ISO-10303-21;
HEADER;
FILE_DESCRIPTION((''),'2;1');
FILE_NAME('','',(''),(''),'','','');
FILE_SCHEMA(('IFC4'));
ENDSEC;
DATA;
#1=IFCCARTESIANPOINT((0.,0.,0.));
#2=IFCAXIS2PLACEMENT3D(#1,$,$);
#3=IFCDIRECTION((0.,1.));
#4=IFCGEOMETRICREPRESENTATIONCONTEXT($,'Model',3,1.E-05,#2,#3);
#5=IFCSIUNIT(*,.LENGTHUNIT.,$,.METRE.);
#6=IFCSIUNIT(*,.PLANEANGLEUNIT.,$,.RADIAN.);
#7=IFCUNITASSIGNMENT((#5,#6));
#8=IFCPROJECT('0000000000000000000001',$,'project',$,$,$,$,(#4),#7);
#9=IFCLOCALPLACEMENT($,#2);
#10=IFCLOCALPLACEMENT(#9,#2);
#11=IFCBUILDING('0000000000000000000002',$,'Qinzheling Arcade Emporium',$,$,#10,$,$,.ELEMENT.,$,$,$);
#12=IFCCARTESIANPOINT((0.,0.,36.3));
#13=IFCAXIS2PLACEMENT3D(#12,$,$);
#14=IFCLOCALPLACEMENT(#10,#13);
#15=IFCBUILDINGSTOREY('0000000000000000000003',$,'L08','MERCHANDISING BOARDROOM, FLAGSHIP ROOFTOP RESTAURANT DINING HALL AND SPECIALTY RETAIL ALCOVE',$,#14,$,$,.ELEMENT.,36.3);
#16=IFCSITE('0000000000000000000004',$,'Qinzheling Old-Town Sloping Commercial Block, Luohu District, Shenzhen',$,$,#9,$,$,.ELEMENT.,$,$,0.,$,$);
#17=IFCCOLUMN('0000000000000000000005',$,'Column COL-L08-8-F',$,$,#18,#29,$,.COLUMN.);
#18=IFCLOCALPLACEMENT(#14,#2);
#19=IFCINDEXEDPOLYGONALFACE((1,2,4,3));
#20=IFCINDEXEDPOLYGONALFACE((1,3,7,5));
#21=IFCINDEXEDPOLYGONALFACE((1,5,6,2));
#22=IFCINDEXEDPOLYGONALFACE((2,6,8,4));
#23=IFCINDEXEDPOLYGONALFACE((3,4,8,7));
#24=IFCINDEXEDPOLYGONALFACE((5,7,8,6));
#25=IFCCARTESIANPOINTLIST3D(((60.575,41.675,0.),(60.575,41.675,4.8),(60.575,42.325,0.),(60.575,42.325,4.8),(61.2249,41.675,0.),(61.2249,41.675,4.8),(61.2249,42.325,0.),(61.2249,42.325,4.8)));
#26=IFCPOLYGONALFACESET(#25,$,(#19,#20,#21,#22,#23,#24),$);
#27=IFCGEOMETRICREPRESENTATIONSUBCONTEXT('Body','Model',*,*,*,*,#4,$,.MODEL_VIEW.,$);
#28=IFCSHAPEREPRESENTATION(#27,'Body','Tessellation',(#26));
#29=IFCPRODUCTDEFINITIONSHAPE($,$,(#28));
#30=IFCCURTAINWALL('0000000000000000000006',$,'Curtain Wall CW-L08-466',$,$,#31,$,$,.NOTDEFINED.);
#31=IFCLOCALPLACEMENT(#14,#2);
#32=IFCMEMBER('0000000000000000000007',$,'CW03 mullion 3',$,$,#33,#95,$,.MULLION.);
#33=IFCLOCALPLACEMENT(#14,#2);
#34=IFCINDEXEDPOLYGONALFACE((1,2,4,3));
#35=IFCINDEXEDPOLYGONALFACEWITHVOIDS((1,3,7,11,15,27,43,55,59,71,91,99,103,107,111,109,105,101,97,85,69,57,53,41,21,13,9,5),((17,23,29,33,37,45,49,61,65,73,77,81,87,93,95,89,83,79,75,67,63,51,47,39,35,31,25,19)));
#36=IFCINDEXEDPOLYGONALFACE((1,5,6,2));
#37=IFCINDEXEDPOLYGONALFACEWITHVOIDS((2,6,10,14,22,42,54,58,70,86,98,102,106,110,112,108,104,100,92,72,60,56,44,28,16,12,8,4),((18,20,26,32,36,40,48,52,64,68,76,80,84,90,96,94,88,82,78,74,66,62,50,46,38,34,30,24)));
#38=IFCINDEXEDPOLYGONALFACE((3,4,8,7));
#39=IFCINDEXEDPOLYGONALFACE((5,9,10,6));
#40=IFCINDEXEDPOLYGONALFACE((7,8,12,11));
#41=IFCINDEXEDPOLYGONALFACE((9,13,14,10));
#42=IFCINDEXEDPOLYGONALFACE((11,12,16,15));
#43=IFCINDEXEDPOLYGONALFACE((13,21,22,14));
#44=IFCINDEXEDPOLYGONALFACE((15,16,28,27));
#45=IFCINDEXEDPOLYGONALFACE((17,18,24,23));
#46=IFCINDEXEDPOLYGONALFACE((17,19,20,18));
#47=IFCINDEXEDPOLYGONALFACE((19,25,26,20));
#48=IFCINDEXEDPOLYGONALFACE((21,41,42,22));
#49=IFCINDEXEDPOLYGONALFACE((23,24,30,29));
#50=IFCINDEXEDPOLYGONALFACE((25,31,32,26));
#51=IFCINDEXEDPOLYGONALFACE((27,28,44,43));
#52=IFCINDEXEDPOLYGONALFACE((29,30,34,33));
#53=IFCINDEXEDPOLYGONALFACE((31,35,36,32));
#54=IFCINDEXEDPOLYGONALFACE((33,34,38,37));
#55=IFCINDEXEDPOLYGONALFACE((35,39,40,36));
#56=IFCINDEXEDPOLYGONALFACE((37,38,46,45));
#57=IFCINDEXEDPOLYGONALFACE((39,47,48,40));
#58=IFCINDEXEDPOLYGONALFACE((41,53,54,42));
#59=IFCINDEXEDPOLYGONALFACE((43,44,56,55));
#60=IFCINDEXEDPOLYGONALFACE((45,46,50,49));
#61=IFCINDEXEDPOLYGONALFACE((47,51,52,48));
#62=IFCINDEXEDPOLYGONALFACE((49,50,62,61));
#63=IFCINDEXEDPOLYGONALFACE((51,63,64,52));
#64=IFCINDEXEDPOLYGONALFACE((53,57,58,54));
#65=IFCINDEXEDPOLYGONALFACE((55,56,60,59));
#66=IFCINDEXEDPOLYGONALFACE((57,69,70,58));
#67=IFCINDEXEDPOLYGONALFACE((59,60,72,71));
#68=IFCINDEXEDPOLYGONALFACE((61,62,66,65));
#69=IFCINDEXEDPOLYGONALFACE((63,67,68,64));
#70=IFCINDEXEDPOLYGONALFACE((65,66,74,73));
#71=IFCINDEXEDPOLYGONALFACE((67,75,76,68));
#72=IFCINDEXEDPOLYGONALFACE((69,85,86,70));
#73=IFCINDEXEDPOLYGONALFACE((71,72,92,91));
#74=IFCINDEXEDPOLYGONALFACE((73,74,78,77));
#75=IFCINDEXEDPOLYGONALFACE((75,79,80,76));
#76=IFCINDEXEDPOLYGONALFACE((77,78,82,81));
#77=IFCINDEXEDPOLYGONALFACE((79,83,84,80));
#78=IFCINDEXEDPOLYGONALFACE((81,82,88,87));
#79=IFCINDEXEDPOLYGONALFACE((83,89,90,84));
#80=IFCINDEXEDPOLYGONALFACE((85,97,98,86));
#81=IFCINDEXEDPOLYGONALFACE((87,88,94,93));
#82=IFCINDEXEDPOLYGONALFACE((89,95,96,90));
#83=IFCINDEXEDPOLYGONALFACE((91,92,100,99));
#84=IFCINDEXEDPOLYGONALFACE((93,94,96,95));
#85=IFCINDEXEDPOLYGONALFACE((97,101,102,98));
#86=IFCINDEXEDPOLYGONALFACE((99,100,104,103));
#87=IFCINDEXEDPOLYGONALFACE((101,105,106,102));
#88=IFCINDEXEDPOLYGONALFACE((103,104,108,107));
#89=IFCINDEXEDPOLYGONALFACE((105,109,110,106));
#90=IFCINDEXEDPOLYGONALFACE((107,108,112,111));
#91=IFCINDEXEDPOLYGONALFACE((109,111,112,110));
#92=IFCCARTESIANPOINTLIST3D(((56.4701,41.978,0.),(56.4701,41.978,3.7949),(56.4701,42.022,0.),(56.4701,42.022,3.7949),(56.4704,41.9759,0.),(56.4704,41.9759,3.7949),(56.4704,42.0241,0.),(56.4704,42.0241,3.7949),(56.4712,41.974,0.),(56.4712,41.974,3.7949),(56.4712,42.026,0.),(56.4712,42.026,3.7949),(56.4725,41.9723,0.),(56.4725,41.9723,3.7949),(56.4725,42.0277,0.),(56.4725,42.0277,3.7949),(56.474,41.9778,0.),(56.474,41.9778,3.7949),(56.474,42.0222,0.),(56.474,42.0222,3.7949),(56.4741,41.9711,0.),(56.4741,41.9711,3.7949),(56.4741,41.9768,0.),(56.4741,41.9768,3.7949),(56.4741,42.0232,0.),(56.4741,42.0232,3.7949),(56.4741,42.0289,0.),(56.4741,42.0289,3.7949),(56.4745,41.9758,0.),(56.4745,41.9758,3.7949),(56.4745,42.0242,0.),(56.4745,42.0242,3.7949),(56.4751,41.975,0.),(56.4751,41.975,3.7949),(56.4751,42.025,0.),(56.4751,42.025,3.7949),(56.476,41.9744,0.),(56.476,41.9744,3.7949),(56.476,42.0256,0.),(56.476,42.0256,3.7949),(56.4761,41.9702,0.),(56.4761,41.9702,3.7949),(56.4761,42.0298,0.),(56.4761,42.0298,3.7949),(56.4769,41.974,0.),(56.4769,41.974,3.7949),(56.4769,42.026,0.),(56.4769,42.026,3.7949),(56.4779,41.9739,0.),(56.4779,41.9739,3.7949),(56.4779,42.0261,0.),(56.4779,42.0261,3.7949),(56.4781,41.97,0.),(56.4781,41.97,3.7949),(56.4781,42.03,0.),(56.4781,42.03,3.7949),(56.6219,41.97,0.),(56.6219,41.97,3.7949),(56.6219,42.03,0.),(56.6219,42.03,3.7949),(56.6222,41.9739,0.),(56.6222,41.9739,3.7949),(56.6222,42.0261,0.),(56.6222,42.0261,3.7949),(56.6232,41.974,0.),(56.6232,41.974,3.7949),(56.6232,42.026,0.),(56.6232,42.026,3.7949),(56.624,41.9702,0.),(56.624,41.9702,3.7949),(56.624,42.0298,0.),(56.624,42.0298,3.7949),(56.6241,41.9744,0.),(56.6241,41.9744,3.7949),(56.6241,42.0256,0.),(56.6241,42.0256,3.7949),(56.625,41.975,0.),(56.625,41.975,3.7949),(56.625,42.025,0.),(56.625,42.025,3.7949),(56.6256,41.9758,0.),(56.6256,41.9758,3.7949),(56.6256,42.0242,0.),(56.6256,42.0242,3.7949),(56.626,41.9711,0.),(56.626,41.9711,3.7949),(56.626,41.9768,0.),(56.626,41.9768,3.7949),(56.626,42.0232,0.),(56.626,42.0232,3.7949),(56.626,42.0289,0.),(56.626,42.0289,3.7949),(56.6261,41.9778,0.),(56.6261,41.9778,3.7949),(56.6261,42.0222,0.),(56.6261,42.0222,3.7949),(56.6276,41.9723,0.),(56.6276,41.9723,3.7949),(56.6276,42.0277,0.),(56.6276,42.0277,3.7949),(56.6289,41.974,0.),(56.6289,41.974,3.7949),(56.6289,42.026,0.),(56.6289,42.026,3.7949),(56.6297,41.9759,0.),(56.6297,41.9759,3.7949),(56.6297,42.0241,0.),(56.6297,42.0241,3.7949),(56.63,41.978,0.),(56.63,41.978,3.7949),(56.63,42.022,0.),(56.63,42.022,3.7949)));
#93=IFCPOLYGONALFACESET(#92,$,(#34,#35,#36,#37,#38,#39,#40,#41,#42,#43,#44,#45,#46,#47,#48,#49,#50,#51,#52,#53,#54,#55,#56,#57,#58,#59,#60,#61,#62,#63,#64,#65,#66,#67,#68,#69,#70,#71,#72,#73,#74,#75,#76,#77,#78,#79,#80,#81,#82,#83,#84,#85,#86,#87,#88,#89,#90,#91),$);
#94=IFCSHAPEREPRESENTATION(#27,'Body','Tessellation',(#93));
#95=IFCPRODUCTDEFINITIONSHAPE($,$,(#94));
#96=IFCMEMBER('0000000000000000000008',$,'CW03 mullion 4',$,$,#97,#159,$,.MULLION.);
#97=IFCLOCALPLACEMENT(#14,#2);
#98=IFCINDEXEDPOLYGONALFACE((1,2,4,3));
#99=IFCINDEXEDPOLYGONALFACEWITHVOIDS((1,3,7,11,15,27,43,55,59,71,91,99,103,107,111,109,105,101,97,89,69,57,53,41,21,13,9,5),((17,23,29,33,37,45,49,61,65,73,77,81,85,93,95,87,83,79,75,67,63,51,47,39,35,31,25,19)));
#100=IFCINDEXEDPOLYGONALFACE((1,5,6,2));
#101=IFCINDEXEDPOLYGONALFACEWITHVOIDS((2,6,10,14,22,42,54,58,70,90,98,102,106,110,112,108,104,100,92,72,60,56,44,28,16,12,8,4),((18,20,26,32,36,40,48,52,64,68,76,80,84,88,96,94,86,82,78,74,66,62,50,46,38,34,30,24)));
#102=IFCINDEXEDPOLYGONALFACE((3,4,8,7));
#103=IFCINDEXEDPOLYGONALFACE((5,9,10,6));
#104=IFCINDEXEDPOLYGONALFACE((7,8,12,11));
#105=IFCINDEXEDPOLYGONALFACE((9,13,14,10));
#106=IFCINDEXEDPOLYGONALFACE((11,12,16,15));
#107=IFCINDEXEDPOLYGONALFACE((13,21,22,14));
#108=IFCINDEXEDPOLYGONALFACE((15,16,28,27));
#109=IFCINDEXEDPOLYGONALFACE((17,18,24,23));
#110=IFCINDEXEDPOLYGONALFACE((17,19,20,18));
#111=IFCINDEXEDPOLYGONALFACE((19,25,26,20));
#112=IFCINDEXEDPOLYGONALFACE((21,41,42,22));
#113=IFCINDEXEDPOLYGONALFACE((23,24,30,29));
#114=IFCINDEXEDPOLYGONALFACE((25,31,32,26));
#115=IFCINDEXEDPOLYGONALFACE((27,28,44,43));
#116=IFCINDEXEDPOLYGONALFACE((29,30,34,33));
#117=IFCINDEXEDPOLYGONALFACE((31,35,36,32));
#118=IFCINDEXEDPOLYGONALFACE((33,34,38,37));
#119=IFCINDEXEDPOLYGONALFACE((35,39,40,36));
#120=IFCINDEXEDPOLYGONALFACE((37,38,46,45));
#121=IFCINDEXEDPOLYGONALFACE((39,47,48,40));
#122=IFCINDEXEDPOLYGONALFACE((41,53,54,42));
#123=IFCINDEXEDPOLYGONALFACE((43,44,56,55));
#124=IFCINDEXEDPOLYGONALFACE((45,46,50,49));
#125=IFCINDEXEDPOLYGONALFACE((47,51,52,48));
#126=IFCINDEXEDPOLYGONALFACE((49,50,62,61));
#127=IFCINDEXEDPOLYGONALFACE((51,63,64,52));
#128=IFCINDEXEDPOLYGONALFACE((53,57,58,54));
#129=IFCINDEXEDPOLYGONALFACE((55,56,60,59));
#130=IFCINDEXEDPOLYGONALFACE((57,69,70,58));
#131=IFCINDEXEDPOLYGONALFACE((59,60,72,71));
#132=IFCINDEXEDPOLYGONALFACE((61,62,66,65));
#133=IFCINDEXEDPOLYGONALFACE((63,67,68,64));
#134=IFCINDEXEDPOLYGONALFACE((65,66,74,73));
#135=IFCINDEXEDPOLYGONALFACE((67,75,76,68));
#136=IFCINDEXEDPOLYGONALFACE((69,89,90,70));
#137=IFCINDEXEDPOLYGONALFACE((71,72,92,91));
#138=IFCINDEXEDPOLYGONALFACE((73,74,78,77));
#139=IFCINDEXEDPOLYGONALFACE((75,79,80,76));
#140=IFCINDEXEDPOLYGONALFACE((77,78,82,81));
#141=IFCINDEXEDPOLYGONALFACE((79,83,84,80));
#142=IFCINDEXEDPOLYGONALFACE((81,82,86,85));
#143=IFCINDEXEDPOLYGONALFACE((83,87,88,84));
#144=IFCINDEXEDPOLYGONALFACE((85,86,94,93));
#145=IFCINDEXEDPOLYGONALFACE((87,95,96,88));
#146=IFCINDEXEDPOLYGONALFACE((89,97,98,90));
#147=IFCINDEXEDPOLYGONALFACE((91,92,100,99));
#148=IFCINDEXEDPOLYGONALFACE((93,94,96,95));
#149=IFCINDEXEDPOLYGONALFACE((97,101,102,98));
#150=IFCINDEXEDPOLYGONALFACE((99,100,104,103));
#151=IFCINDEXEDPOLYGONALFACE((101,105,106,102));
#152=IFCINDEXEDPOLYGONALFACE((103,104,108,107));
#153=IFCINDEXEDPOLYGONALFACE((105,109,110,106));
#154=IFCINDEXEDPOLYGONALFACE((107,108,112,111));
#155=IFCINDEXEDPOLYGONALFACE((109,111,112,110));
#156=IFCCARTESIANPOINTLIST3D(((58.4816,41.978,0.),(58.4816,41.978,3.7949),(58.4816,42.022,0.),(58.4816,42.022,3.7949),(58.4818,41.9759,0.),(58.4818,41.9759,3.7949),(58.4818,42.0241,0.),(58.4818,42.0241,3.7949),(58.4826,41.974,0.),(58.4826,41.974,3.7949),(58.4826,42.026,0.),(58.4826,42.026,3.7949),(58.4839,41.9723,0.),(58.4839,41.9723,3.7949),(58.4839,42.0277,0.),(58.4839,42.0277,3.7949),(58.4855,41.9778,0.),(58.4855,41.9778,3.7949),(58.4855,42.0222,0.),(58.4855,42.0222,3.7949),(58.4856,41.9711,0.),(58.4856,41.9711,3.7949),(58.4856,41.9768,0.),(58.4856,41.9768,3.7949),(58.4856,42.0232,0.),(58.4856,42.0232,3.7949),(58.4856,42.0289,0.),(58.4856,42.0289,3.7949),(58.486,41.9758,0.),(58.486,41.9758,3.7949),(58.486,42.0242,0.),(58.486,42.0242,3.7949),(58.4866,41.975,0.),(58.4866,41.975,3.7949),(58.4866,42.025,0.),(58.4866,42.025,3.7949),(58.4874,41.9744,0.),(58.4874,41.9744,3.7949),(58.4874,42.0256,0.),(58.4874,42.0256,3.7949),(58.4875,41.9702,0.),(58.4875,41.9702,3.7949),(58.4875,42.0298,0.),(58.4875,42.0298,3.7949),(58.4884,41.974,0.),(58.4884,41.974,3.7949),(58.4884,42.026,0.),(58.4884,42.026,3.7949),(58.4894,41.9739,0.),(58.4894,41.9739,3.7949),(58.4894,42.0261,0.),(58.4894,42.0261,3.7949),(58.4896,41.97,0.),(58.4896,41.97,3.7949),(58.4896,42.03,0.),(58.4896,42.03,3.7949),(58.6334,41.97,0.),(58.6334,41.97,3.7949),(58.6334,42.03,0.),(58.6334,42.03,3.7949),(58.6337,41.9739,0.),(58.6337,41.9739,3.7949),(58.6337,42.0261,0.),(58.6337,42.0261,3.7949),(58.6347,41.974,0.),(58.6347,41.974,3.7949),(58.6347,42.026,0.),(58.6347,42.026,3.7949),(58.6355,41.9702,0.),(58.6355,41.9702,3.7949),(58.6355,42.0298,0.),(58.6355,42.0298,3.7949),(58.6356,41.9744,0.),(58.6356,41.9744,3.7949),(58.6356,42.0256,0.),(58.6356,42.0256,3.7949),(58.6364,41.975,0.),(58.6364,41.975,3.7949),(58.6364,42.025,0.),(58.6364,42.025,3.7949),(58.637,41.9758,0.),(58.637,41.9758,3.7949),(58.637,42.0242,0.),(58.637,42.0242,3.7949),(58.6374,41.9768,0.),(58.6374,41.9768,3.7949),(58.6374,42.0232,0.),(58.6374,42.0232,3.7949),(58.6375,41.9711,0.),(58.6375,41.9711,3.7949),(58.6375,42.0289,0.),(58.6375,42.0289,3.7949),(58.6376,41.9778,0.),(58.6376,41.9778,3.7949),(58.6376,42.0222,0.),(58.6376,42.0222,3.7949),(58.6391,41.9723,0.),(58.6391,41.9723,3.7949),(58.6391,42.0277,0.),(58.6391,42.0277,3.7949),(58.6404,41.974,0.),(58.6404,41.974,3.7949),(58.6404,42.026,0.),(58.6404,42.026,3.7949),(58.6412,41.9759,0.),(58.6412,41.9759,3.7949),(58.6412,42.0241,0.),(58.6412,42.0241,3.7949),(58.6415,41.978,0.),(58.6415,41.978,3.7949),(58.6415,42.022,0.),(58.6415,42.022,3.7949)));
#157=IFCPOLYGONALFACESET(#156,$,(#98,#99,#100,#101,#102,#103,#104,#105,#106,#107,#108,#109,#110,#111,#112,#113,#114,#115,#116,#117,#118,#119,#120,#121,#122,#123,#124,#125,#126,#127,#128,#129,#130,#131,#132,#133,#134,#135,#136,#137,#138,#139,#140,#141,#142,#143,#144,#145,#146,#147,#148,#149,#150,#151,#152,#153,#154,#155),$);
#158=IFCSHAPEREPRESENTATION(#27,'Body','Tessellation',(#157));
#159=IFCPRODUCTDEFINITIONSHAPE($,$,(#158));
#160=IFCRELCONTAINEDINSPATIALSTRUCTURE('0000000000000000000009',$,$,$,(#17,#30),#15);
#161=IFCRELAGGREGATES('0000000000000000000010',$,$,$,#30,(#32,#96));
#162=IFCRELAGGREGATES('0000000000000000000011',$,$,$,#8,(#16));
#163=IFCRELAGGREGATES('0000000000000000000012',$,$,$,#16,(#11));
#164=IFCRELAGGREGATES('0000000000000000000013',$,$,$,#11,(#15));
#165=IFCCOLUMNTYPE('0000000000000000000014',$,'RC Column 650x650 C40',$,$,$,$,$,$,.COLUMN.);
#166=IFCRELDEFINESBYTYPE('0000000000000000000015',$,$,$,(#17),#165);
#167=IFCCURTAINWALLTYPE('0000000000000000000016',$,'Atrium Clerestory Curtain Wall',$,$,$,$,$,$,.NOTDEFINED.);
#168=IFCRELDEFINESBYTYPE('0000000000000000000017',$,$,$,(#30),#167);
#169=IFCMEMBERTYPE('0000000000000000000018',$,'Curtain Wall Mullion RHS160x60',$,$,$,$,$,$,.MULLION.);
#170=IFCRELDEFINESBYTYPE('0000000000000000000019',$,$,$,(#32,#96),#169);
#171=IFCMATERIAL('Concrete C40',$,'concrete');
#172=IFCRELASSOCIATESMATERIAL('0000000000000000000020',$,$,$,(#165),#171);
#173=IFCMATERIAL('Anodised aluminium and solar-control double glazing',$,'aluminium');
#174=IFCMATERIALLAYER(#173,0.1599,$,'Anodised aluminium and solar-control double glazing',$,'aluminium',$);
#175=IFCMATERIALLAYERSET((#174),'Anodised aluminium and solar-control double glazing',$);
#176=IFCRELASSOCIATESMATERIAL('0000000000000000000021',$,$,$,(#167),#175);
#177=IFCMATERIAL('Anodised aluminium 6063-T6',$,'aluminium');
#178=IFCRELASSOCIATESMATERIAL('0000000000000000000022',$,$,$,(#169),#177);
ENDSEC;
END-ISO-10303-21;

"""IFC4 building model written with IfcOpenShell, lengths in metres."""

from ifc_helpers import new_model, si_unit, direction, frame, origin, origin_2d, place, context, subcontext, project, spatial, rectangle, hollow_rectangle, extrude, material, layer, layer_set, material_profile, profile_set, type_object, element, aggregate, save


model = new_model("IFC4")

# Units and contexts
model_context = context("Model", 3, precision=1e-05, world=origin(), true_north=direction((0.0, 1.0)))
body_context = subcontext(model_context, "Body", "Model", "MODEL_VIEW")
ifc_project = project(units=[si_unit("LENGTHUNIT", "METRE"), si_unit("PLANEANGLEUNIT", "RADIAN")], contexts=[model_context])

# Site, building, storey
site_placement = place(None, origin())
site = spatial("IfcSite", under=ifc_project, at=site_placement, Name="Qinzheling Old-Town Sloping Commercial Block, Luohu District, Shenzhen", CompositionType="ELEMENT", RefElevation=0.0)
building_placement = place(site_placement, origin())
building = spatial("IfcBuilding", under=site, at=building_placement, Name="Qinzheling Arcade Emporium", CompositionType="ELEMENT")
storey_placement = place(building_placement, frame((0.0, 0.0, 36.3)))
storey = spatial("IfcBuildingStorey", under=building, at=storey_placement, Name="L08", Description="MERCHANDISING BOARDROOM, FLAGSHIP ROOFTOP RESTAURANT DINING HALL AND SPECIALTY RETAIL ALCOVE", CompositionType="ELEMENT", Elevation=36.3)

# Column
ifc_material_1 = material(Name="Concrete C40", Category="concrete")
ifc_material_profile_1 = material_profile(ifc_material_1, rectangle(XDim=0.6499, YDim=0.6499, at=origin_2d()), Name="RC 650x650", Category="concrete")
ifc_profile_set_1 = profile_set([ifc_material_profile_1], Name="Concrete C40")
column_type = type_object("IfcColumnType", Name="RC Column 650x650 C40", PredefinedType="COLUMN", material=ifc_profile_set_1)
column_placement = place(storey_placement, frame((60.8999, 42.0, 0.0), z_axis=(0.0, 0.0, 1.0), x_axis=(1.0, 0.0, 0.0)))
element("IfcColumn", 1, at=column_placement, inside=storey, type_object=column_type, Name="Column COL-L08-8-F", PredefinedType="COLUMN", context=body_context, shape_type="SweptSolid", body=[
    extrude(rectangle(XDim=0.6499, YDim=0.6499, at=origin_2d()), origin(), (0.0, 0.0, 1.0), 4.8),
])

# Curtain wall, members
ifc_material_2 = material(Name="Anodised aluminium and solar-control double glazing", Category="aluminium")
ifc_layer_1 = layer(ifc_material_2, 0.1599, Name="Anodised aluminium and solar-control double glazing", Category="aluminium")
ifc_layer_set_1 = layer_set([ifc_layer_1], Name="Anodised aluminium and solar-control double glazing")
curtain_wall_type = type_object("IfcCurtainWallType", Name="Atrium Clerestory Curtain Wall", PredefinedType="NOTDEFINED", material=ifc_layer_set_1)
curtain_wall_1_placement = place(storey_placement, origin())
curtain_wall_1 = element("IfcCurtainWall", 2, at=curtain_wall_1_placement, inside=storey, type_object=curtain_wall_type, Name="Curtain Wall CW-L08-466", PredefinedType="NOTDEFINED")
ifc_material_3 = material(Name="Anodised aluminium 6063-T6", Category="aluminium")
ifc_material_profile_2 = material_profile(ifc_material_3, hollow_rectangle(XDim=0.0601, YDim=0.1599, WallThickness=0.0039, InnerFilletRadius=0.0039, OuterFilletRadius=0.0081, at=origin_2d()), Name="RHS 160x60x4", Category="aluminium")
ifc_profile_set_2 = profile_set([ifc_material_profile_2], Name="Anodised aluminium 6063-T6")
member_type_1 = type_object("IfcMemberType", Name="Curtain Wall Mullion RHS160x60", PredefinedType="MULLION", material=ifc_profile_set_2)
member_1_placement = place(storey_placement, frame((56.55, 42.0, 0.0), z_axis=(0.0, 0.0, 1.0), x_axis=(0.0, 1.0, 0.0)))
member_1 = element("IfcMember", 3, at=member_1_placement, type_object=member_type_1, Name="CW03 mullion 3", PredefinedType="MULLION", context=body_context, shape_type="SweptSolid", body=[
    extrude(hollow_rectangle(XDim=0.0601, YDim=0.1599, WallThickness=0.0039, InnerFilletRadius=0.0039, OuterFilletRadius=0.0081, at=origin_2d()), origin(), (0.0, 0.0, 1.0), 3.7949),
])
member_2_placement = place(storey_placement, frame((58.5615, 42.0, 0.0), z_axis=(0.0, 0.0, 1.0), x_axis=(0.0, 1.0, 0.0)))
member_2 = element("IfcMember", 4, at=member_2_placement, type_object=member_type_1, Name="CW03 mullion 4", PredefinedType="MULLION", context=body_context, shape_type="SweptSolid", body=[
    extrude(hollow_rectangle(XDim=0.0601, YDim=0.1599, WallThickness=0.0039, InnerFilletRadius=0.0039, OuterFilletRadius=0.0081, at=origin_2d()), origin(), (0.0, 0.0, 1.0), 3.7949),
])

aggregate(curtain_wall_1, [member_1, member_2])

save(model, "model.ifc")
